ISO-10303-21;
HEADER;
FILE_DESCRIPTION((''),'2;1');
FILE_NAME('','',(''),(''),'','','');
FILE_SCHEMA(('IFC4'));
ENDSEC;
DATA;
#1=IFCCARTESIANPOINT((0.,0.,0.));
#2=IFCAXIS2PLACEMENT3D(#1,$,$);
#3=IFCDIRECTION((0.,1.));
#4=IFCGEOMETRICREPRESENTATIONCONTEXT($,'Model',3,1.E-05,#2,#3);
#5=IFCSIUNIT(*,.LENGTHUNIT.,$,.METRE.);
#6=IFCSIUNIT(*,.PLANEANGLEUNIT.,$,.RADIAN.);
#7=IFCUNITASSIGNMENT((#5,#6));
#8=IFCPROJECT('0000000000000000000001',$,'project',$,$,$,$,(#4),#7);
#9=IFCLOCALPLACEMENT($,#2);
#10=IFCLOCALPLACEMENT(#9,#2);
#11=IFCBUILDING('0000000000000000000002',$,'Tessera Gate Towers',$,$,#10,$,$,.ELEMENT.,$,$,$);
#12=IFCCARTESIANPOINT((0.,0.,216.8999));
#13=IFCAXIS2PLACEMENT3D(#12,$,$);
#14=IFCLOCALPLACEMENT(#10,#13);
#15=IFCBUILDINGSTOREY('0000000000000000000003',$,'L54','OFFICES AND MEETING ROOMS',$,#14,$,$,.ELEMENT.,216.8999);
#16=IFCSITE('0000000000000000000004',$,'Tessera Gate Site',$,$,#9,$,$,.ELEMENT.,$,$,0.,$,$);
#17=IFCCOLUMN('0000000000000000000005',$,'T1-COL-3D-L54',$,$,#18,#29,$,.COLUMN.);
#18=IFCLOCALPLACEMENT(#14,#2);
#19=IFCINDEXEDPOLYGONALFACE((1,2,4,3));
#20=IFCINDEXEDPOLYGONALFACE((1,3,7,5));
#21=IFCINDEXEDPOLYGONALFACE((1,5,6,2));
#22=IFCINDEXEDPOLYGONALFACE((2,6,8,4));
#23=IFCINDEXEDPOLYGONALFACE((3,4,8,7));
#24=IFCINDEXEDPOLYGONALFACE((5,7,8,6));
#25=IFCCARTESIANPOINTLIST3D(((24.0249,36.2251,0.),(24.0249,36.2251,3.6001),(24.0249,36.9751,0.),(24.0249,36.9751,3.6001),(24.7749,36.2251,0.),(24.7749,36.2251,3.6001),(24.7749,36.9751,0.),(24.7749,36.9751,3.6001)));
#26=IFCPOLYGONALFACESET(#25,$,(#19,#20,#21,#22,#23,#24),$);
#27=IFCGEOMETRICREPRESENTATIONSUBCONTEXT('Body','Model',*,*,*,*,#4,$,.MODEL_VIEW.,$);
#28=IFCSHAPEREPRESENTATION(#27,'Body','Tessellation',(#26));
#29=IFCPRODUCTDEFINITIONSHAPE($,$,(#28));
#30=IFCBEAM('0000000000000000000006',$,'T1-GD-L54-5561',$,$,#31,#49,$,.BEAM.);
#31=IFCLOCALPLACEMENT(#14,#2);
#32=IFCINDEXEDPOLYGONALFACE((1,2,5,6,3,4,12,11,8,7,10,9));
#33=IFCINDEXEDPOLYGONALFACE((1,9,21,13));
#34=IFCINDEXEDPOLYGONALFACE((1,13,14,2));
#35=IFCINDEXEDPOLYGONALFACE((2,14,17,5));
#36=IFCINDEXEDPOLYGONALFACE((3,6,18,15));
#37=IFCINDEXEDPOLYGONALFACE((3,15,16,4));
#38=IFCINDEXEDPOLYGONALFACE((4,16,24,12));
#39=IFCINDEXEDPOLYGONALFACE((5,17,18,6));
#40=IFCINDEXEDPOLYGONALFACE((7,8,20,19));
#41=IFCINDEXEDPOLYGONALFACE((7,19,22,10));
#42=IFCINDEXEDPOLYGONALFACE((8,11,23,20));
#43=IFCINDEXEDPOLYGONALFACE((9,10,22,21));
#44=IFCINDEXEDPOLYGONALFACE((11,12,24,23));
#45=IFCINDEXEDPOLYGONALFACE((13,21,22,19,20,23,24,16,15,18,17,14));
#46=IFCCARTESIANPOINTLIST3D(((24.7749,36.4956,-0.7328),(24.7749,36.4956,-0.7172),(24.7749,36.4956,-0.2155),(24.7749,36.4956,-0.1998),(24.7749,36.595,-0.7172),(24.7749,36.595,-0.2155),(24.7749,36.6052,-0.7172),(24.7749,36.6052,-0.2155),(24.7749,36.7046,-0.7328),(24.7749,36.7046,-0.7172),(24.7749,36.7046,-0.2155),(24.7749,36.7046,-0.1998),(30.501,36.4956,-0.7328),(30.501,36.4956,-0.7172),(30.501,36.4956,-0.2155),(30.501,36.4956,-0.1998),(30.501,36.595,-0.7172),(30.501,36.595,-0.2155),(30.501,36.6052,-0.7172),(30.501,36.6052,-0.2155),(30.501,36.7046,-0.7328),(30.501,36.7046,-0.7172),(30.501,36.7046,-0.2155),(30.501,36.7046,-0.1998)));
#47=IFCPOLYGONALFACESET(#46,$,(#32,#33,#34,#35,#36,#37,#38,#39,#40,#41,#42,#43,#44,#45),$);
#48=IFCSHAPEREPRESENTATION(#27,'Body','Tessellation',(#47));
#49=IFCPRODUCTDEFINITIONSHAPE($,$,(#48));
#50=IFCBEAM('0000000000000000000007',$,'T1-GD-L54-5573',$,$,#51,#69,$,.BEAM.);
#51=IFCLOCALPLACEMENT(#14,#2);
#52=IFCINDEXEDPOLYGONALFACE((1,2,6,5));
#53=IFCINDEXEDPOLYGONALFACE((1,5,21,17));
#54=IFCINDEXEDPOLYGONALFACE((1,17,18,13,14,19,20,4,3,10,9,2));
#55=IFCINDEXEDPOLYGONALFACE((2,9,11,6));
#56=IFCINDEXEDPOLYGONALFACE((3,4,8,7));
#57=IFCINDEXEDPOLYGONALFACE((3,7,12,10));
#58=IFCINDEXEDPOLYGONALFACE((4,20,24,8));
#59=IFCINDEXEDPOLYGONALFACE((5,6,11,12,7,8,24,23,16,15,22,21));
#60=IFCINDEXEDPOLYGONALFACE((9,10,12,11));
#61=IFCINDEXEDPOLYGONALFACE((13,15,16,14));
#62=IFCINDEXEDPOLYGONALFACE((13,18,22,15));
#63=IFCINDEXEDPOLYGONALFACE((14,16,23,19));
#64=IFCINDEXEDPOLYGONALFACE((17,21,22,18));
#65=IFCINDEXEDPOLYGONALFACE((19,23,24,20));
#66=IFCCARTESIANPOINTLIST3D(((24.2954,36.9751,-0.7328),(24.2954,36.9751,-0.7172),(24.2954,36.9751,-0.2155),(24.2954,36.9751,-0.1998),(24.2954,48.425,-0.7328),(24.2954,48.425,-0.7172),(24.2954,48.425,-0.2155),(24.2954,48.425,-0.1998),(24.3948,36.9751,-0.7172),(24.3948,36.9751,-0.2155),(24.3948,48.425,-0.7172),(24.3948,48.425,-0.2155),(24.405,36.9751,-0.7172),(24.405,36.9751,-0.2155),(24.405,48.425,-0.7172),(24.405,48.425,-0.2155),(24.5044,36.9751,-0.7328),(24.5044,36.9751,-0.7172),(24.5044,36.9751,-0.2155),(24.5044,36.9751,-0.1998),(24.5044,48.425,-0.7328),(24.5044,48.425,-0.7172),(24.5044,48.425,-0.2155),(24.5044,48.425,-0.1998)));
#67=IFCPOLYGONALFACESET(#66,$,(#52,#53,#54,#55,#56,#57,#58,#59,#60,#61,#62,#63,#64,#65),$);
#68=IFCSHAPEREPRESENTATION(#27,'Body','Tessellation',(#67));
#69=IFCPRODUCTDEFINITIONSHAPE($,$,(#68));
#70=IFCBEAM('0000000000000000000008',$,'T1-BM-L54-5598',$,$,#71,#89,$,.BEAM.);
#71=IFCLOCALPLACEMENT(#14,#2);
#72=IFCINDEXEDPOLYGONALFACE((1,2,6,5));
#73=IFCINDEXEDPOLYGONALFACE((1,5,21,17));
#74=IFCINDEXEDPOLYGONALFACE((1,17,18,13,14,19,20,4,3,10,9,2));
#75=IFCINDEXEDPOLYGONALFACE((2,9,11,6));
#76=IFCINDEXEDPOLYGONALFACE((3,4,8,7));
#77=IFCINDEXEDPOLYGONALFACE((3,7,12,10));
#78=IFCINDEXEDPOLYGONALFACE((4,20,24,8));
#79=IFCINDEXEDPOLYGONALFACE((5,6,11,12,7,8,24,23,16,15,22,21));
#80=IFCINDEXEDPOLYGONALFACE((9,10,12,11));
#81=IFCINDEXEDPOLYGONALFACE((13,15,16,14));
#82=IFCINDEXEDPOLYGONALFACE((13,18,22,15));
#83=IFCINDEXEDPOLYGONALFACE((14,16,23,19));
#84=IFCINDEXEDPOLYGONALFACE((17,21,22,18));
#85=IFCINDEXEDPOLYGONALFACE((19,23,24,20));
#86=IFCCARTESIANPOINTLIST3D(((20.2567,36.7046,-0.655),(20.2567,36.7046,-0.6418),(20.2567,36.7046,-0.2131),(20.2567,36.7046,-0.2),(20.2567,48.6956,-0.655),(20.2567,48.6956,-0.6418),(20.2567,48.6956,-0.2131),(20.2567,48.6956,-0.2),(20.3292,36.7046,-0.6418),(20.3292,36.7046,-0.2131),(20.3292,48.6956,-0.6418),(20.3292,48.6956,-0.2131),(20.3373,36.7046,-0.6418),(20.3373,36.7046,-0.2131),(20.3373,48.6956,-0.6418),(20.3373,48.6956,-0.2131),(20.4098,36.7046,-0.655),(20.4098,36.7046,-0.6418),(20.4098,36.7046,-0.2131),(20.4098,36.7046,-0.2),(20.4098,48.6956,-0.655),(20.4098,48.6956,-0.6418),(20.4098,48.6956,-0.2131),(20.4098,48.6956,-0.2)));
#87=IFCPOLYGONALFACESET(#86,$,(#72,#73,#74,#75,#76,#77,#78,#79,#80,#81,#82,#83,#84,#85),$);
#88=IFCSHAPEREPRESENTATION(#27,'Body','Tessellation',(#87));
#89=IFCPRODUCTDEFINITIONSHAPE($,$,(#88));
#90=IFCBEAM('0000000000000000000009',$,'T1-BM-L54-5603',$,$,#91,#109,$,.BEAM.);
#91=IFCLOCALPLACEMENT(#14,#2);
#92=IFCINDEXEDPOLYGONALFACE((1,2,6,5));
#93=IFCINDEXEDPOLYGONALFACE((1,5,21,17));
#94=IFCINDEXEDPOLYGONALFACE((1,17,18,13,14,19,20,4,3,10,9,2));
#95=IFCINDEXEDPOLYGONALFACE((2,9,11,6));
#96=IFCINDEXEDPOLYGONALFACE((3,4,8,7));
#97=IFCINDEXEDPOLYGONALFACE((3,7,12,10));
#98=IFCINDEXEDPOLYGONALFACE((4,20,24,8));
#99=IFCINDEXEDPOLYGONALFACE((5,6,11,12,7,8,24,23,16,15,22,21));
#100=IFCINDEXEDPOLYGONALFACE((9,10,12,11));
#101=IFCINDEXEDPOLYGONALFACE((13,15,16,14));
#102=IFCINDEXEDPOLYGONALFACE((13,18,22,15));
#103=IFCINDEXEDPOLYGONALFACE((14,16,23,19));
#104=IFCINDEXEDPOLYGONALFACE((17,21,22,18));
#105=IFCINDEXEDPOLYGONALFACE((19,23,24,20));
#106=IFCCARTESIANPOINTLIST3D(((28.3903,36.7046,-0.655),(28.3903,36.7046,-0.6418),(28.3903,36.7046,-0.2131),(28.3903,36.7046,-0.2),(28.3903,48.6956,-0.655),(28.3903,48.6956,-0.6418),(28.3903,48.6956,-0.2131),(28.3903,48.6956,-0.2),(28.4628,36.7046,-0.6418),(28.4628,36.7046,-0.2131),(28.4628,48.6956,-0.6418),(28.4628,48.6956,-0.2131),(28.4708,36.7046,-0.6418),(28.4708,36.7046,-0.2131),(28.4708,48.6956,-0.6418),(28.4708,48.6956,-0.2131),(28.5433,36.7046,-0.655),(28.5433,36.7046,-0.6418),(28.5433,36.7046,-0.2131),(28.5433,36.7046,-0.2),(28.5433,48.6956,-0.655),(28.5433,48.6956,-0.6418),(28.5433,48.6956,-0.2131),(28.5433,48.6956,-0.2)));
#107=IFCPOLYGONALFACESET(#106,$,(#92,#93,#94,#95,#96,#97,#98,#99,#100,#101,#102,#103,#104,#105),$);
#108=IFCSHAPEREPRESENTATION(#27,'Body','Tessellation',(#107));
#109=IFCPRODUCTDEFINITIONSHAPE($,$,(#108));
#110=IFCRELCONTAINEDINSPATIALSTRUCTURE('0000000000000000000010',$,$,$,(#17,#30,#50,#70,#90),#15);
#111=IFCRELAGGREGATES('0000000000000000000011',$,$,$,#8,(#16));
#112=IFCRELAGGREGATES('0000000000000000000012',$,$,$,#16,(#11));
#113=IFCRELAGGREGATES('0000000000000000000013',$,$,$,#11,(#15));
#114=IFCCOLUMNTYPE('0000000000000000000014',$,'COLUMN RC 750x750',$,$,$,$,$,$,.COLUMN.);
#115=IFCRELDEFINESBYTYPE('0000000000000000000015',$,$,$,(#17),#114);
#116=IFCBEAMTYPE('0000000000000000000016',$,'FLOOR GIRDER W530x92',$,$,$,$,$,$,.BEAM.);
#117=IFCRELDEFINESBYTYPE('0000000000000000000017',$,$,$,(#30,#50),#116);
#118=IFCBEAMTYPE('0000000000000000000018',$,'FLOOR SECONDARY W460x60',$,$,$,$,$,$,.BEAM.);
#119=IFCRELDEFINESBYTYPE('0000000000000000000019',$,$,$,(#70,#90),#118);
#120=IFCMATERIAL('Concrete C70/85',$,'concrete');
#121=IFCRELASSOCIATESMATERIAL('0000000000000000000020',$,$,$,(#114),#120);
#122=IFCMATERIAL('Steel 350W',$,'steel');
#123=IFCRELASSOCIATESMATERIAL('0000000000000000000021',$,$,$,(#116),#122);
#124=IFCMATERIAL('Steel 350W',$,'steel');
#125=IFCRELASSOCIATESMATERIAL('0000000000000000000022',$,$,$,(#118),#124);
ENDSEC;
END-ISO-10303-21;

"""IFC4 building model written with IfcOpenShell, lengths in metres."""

from ifc_helpers import new_model, si_unit, direction, frame, origin, origin_2d, place, context, subcontext, project, spatial, rectangle, i_section, extrude, material, material_profile, profile_set, type_object, element, save


model = new_model("IFC4")

# Units and contexts
model_context = context("Model", 3, precision=1e-05, world=origin(), true_north=direction((0.0, 1.0)))
body_context = subcontext(model_context, "Body", "Model", "MODEL_VIEW")
ifc_project = project(units=[si_unit("LENGTHUNIT", "METRE"), si_unit("PLANEANGLEUNIT", "RADIAN")], contexts=[model_context])

# Site, building, storey
site_placement = place(None, origin())
site = spatial("IfcSite", under=ifc_project, at=site_placement, Name="Tessera Gate Site", CompositionType="ELEMENT", RefElevation=0.0)
building_placement = place(site_placement, origin())
building = spatial("IfcBuilding", under=site, at=building_placement, Name="Tessera Gate Towers", CompositionType="ELEMENT")
storey_placement = place(building_placement, frame((0.0, 0.0, 216.8999)))
storey = spatial("IfcBuildingStorey", under=building, at=storey_placement, Name="L54", Description="OFFICES AND MEETING ROOMS", CompositionType="ELEMENT", Elevation=216.8999)

# Column
ifc_material_1 = material(Name="Concrete C70/85", Category="concrete")
ifc_material_profile_1 = material_profile(ifc_material_1, rectangle(XDim=0.75, YDim=0.75, at=origin_2d()), Name="RC 750x750")
ifc_profile_set_1 = profile_set([ifc_material_profile_1], Name="Concrete C70/85")
column_type = type_object("IfcColumnType", Name="COLUMN RC 750x750", PredefinedType="COLUMN", material=ifc_profile_set_1)
column_placement = place(storey_placement, frame((24.3999, 36.6001, 0.0), z_axis=(0.0, 0.0, 1.0), x_axis=(1.0, 0.0, 0.0)))
element("IfcColumn", 1, at=column_placement, inside=storey, type_object=column_type, Name="T1-COL-3D-L54", PredefinedType="COLUMN", context=body_context, shape_type="SweptSolid", body=[
    extrude(rectangle(XDim=0.75, YDim=0.75, at=origin_2d()), origin(), (0.0, 0.0, 1.0), 3.6001),
])

# Beams
ifc_material_2 = material(Name="Steel 350W", Category="steel")
ifc_material_profile_2 = material_profile(ifc_material_2, i_section(OverallWidth=0.209, OverallDepth=0.533, WebThickness=0.0103, FlangeThickness=0.0156, at=origin_2d()), Name="W530x92")
ifc_profile_set_2 = profile_set([ifc_material_profile_2], Name="Steel 350W")
beam_type_1 = type_object("IfcBeamType", Name="FLOOR GIRDER W530x92", PredefinedType="BEAM", material=ifc_profile_set_2)
beam_1_placement = place(storey_placement, frame((24.7749, 36.6001, -0.4663), z_axis=(1.0, 0.0, 0.0), x_axis=(0.0, 1.0, 0.0)))
element("IfcBeam", 2, at=beam_1_placement, inside=storey, type_object=beam_type_1, Name="T1-GD-L54-5561", PredefinedType="BEAM", context=body_context, shape_type="SweptSolid", body=[
    extrude(i_section(OverallWidth=0.209, OverallDepth=0.533, WebThickness=0.0103, FlangeThickness=0.0156, at=origin_2d()), origin(), (0.0, 0.0, 1.0), 5.7261),
])
beam_2_placement = place(storey_placement, frame((24.3999, 36.9751, -0.4663), z_axis=(0.0, 1.0, 0.0), x_axis=(-1.0, 0.0, 0.0)))
element("IfcBeam", 3, at=beam_2_placement, inside=storey, type_object=beam_type_1, Name="T1-GD-L54-5573", PredefinedType="BEAM", context=body_context, shape_type="SweptSolid", body=[
    extrude(i_section(OverallWidth=0.209, OverallDepth=0.533, WebThickness=0.0103, FlangeThickness=0.0156, at=origin_2d()), origin(), (0.0, 0.0, 1.0), 11.45),
])
ifc_material_3 = material(Name="Steel 350W", Category="steel")
ifc_material_profile_3 = material_profile(ifc_material_3, i_section(OverallWidth=0.1531, OverallDepth=0.4551, WebThickness=0.0081, FlangeThickness=0.0132, at=origin_2d()), Name="W460x60")
ifc_profile_set_3 = profile_set([ifc_material_profile_3], Name="Steel 350W")
beam_type_2 = type_object("IfcBeamType", Name="FLOOR SECONDARY W460x60", PredefinedType="BEAM", material=ifc_profile_set_3)
for number, where, z_axis, x_axis, name in (
    (4, (20.3333, 36.7046, -0.4275), (0.0, 1.0, 0.0), (-1.0, 0.0, 0.0), "T1-BM-L54-5598"),
    (5, (28.4668, 36.7046, -0.4275), (0.0, 1.0, 0.0), (-1.0, 0.0, 0.0), "T1-BM-L54-5603"),
):
    element("IfcBeam", number, at=place(storey_placement, frame(where, z_axis=z_axis, x_axis=x_axis)), inside=storey, type_object=beam_type_2, Name=name, PredefinedType="BEAM", context=body_context, shape_type="SweptSolid", body=[
        extrude(i_section(OverallWidth=0.1531, OverallDepth=0.4551, WebThickness=0.0081, FlangeThickness=0.0132, at=origin_2d()), origin(), (0.0, 0.0, 1.0), 11.991),
    ])

save(model, "model.ifc")
